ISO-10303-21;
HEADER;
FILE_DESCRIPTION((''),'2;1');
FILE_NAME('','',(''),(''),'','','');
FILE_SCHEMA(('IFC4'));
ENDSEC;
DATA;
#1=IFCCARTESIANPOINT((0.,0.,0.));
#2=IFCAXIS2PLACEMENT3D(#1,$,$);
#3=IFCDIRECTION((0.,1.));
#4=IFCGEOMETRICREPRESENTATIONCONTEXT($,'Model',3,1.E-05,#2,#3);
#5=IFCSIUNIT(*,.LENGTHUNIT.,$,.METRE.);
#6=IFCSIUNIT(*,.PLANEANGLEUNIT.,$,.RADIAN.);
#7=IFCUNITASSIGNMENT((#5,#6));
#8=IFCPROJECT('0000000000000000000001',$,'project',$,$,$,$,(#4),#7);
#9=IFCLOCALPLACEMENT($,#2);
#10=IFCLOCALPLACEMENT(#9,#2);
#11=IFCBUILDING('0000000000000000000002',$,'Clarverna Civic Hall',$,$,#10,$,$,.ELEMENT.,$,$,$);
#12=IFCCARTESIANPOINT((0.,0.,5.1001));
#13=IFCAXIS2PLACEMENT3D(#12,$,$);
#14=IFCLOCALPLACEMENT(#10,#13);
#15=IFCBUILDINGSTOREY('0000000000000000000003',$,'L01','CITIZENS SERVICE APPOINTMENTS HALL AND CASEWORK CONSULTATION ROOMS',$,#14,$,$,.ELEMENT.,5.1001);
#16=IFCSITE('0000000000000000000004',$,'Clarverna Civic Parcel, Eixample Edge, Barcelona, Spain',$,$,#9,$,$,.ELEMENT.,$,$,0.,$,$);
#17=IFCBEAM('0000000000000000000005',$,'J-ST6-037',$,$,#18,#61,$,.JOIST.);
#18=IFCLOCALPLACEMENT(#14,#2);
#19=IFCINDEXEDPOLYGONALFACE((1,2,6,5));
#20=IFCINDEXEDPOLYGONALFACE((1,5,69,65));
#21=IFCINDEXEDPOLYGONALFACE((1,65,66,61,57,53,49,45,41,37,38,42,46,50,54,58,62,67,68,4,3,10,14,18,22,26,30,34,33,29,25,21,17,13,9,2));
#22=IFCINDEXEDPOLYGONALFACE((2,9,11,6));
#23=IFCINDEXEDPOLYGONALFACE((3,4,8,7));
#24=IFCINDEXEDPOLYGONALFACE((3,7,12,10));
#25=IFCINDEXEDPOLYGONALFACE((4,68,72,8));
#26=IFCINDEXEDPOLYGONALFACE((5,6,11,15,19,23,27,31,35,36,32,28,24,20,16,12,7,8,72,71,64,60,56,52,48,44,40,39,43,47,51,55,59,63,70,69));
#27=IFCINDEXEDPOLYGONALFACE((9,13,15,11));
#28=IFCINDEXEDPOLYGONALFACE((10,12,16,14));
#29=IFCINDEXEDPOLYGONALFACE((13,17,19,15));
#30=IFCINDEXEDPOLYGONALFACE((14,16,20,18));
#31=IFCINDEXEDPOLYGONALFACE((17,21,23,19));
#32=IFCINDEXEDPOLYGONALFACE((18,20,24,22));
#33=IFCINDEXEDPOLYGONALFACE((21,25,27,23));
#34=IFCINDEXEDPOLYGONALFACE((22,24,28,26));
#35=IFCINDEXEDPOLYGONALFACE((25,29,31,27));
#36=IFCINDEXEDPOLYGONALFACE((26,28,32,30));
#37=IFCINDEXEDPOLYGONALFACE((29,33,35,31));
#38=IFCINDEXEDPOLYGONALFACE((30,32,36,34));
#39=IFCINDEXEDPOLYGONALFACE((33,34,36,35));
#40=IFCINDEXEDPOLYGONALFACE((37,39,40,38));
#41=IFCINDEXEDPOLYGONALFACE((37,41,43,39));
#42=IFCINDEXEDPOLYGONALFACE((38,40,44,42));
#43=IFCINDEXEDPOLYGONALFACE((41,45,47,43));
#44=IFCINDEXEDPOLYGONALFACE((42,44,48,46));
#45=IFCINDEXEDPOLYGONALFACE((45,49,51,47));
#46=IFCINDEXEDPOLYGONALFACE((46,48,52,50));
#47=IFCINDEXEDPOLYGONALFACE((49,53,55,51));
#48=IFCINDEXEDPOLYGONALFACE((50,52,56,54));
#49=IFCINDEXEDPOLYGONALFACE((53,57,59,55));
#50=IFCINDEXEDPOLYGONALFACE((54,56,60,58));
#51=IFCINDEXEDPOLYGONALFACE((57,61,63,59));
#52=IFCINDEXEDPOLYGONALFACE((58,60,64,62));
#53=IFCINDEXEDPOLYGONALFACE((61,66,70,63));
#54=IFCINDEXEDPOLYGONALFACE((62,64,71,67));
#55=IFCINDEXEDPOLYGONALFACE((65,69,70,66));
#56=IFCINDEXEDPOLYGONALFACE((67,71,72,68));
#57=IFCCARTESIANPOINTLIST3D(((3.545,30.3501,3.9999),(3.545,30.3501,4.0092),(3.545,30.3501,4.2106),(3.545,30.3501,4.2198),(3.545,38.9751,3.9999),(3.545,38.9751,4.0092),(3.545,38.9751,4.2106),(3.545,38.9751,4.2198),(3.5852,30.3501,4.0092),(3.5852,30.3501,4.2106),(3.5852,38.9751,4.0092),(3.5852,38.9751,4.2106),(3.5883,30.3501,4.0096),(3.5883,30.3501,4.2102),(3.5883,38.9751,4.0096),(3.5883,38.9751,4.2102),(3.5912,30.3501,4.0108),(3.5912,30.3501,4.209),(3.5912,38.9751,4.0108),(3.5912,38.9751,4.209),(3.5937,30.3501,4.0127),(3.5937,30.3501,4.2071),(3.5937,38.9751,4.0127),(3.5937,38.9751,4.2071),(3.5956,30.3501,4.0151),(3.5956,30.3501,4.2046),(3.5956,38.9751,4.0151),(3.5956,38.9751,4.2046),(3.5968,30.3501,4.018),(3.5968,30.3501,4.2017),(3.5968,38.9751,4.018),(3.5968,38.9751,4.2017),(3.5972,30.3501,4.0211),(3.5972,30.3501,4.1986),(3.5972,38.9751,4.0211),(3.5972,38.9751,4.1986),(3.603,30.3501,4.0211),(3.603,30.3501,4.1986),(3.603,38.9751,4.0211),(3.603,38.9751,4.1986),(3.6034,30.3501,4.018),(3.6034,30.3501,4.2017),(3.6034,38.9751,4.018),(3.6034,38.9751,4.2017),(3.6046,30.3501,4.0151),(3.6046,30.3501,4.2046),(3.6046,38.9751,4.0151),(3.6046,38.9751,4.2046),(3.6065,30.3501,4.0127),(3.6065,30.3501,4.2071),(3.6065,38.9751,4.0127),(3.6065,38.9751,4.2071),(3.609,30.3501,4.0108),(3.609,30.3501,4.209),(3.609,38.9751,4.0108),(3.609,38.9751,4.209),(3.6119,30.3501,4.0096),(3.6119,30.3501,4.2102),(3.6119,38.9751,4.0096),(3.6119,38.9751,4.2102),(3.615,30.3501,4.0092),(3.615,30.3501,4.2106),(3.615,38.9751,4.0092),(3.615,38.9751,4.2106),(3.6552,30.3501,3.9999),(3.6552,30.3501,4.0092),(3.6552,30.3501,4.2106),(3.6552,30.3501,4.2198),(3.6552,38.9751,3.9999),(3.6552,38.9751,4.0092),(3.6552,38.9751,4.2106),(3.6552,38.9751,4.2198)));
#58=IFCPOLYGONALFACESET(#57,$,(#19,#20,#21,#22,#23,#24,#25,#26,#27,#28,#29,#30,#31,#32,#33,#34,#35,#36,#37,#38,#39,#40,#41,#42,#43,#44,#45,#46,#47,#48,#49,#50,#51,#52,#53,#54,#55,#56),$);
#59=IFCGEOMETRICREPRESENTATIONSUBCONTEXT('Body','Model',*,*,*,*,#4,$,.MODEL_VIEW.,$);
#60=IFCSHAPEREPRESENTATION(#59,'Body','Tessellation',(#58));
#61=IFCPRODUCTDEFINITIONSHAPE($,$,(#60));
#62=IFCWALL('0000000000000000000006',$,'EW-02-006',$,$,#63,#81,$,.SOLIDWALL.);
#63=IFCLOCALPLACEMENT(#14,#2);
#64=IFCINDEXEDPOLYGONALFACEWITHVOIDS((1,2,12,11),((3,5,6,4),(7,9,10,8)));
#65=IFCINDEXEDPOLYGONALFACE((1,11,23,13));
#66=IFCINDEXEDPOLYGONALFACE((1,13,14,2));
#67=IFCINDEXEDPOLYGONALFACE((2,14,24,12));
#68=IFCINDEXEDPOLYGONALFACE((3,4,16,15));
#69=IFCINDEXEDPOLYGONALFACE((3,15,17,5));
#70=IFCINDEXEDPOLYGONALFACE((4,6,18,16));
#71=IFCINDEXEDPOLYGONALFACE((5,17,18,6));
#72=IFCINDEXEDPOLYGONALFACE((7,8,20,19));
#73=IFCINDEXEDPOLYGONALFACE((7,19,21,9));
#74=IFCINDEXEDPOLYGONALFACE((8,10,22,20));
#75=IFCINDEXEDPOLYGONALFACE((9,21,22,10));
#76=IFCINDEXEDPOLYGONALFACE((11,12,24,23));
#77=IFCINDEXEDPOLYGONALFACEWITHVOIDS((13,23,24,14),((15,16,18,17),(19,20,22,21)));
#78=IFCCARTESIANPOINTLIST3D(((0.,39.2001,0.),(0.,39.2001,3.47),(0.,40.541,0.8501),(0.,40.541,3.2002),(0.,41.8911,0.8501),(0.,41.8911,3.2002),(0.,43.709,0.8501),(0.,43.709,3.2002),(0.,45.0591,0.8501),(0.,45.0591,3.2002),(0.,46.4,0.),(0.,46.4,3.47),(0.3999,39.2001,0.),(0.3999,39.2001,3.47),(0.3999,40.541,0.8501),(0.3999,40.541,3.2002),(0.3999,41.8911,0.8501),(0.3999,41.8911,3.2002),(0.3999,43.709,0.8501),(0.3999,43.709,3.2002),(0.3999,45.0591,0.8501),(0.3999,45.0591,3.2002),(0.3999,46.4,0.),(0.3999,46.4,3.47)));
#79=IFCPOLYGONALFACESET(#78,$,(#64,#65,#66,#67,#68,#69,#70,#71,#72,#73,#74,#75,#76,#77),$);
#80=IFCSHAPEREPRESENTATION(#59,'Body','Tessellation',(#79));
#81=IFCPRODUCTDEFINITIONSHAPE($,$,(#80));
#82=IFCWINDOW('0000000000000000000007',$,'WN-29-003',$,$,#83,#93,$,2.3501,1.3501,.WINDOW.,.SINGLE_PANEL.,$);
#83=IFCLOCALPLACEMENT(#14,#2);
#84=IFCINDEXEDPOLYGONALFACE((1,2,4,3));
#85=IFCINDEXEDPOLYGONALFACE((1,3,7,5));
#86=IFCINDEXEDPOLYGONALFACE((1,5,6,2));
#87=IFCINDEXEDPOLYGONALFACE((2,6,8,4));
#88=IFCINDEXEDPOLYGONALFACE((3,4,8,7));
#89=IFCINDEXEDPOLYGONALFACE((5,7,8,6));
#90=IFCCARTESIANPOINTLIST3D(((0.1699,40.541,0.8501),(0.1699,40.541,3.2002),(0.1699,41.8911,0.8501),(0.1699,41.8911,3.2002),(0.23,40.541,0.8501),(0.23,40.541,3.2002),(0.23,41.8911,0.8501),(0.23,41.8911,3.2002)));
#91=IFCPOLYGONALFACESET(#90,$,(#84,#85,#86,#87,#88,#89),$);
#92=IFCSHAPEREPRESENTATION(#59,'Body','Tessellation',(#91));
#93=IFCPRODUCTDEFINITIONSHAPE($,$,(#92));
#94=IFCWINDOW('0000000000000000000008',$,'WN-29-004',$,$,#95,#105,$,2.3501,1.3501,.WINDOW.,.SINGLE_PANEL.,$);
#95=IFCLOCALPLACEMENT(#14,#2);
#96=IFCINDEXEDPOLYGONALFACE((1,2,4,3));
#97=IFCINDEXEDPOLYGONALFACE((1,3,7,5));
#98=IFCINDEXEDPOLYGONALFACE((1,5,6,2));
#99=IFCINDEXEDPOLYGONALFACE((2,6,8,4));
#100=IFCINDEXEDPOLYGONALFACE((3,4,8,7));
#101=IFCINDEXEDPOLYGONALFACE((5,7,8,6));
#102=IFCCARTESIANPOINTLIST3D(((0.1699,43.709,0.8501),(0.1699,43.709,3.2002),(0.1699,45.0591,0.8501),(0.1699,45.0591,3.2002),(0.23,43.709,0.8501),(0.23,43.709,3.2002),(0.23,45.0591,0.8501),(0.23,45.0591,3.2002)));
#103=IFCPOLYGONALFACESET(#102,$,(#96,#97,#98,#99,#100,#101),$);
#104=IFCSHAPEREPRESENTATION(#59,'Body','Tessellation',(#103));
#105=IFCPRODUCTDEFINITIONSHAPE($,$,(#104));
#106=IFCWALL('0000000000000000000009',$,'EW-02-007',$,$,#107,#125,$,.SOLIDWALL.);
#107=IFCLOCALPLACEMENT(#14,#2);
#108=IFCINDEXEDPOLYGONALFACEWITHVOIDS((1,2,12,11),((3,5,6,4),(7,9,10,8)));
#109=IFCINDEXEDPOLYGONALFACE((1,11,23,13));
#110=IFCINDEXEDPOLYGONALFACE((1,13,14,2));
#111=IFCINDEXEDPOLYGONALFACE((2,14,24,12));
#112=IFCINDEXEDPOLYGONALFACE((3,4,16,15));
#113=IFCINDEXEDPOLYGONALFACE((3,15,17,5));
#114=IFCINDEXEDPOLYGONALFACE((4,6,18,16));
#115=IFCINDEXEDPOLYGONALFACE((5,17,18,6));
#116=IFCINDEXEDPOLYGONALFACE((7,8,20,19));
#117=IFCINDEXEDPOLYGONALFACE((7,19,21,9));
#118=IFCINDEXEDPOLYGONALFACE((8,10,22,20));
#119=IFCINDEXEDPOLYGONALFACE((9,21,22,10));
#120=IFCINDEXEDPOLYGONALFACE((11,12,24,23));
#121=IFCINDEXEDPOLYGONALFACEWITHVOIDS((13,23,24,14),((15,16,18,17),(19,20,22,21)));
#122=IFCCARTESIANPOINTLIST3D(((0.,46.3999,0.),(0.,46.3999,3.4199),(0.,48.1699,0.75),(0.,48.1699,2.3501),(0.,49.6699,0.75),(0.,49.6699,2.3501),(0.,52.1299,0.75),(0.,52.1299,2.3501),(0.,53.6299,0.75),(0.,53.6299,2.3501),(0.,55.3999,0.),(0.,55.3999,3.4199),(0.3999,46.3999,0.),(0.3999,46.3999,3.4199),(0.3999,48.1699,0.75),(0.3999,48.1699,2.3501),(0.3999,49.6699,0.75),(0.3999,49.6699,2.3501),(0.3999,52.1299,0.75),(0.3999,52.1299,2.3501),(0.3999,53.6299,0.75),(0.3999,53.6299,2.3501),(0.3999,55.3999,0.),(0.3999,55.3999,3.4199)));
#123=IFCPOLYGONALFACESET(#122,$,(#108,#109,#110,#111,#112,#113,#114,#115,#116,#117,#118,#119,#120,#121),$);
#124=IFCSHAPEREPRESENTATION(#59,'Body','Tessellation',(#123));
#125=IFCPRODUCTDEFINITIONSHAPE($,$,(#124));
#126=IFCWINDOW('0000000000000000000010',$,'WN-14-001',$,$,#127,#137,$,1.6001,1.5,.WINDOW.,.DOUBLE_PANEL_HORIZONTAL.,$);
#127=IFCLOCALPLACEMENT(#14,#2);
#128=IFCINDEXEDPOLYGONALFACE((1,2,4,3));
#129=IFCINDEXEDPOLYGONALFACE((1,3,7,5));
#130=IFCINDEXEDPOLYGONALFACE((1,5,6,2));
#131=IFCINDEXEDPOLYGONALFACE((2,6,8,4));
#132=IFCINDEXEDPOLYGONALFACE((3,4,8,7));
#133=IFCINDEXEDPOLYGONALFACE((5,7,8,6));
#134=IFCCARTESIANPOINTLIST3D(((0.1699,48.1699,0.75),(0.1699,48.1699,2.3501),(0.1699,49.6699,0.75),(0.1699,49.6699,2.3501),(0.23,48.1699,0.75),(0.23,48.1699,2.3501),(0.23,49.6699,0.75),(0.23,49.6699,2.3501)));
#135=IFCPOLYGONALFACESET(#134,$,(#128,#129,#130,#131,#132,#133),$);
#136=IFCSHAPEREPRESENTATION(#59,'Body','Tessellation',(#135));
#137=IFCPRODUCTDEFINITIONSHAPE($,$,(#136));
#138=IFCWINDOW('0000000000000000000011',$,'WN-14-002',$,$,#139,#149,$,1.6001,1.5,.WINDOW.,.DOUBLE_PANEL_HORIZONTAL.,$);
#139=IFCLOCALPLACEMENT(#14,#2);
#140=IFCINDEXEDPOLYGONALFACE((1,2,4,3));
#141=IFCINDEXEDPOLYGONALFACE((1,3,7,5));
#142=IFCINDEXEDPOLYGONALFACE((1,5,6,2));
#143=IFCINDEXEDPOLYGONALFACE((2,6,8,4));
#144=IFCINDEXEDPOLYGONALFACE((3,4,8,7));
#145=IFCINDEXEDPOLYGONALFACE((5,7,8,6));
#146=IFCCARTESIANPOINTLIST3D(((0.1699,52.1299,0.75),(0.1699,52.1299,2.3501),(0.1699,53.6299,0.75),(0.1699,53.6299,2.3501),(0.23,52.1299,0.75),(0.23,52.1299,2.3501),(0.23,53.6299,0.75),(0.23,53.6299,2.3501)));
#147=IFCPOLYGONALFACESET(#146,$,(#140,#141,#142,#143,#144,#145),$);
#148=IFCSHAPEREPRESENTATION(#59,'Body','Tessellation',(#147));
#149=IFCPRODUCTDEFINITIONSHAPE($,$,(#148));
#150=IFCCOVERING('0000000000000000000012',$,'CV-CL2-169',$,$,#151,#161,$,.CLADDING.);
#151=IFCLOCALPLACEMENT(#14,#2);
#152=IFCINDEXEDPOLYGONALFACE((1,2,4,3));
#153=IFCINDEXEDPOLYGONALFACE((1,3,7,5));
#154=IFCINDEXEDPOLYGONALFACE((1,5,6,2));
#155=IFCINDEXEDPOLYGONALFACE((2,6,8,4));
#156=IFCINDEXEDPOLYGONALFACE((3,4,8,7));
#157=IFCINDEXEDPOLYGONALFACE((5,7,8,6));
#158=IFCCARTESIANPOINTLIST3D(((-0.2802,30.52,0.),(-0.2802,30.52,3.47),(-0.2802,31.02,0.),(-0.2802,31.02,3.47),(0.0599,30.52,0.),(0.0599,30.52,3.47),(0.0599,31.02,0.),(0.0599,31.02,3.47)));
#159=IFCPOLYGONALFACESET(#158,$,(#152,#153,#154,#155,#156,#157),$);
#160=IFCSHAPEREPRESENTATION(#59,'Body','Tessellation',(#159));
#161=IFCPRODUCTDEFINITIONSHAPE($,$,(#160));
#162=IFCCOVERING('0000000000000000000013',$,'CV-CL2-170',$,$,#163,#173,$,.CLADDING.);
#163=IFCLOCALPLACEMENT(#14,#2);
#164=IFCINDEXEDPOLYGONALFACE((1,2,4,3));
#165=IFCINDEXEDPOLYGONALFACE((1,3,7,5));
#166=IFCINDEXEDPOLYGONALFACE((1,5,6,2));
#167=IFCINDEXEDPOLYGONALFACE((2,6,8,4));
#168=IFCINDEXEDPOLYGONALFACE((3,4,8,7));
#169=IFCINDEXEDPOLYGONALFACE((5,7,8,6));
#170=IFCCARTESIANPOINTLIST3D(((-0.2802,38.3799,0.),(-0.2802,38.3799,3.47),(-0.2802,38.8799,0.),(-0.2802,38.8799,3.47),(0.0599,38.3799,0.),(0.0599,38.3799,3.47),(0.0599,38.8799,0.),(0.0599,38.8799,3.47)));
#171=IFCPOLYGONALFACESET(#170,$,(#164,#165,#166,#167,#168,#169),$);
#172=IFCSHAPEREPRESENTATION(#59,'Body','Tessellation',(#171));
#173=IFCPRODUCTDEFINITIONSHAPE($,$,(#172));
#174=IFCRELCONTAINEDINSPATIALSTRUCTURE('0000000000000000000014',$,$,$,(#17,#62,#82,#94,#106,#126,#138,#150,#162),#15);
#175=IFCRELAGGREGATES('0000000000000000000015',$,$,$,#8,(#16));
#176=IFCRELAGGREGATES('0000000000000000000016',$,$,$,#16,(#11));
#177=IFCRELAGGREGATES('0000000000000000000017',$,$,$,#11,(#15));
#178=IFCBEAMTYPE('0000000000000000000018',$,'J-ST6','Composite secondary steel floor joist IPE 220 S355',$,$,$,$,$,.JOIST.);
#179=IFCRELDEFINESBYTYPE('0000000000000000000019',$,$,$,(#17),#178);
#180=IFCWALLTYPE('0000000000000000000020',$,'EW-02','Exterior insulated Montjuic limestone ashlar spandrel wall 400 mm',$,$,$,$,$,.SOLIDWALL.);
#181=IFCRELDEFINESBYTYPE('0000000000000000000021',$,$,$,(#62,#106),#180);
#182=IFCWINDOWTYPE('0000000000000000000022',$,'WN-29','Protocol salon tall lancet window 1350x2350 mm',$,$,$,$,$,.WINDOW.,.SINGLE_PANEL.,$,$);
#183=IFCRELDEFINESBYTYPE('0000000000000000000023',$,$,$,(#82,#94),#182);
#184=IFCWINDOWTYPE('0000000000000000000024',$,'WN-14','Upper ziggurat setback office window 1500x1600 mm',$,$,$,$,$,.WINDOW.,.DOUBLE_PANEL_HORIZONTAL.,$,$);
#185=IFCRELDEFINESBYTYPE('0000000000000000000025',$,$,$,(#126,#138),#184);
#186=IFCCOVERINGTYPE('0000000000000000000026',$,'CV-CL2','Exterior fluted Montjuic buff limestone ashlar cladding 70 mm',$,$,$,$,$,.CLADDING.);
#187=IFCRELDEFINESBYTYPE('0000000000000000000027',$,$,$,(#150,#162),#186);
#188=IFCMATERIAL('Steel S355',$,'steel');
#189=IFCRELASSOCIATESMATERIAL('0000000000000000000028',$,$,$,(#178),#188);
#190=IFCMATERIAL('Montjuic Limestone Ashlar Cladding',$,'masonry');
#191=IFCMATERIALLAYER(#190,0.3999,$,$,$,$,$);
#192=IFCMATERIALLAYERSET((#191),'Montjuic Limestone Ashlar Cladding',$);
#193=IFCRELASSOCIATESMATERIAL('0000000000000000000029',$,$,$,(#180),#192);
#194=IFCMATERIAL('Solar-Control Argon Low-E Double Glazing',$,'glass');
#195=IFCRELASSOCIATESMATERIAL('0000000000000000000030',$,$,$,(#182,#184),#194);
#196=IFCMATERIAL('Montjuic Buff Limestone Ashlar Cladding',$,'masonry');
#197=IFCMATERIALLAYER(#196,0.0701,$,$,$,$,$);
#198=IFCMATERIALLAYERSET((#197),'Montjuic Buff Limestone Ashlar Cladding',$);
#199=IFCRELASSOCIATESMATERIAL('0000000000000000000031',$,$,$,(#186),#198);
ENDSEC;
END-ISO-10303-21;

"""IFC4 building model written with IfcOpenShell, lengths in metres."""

from ifc_helpers import new_model, si_unit, direction, frame, frame_2d, origin, origin_2d, place, context, subcontext, project, spatial, rectangle, i_section, extrude, material, layer, layer_set, material_profile, profile_set, type_object, element, fill, save


model = new_model("IFC4")

# Units and contexts
model_context = context("Model", 3, precision=1e-05, world=origin(), true_north=direction((0.0, 1.0)))
body_context = subcontext(model_context, "Body", "Model", "MODEL_VIEW")
ifc_project = project(units=[si_unit("LENGTHUNIT", "METRE"), si_unit("PLANEANGLEUNIT", "RADIAN")], contexts=[model_context])

# Site, building, storey
site_placement = place(None, origin())
site = spatial("IfcSite", under=ifc_project, at=site_placement, Name="Clarverna Civic Parcel, Eixample Edge, Barcelona, Spain", CompositionType="ELEMENT", RefElevation=0.0)
building_placement = place(site_placement, origin())
building = spatial("IfcBuilding", under=site, at=building_placement, Name="Clarverna Civic Hall", CompositionType="ELEMENT")
storey_placement = place(building_placement, frame((0.0, 0.0, 5.1001)))
storey = spatial("IfcBuildingStorey", under=building, at=storey_placement, Name="L01", Description="CITIZENS SERVICE APPOINTMENTS HALL AND CASEWORK CONSULTATION ROOMS", CompositionType="ELEMENT", Elevation=5.1001)

# Beam
ifc_material_1 = material(Name="Steel S355", Category="steel")
ifc_material_profile_1 = material_profile(ifc_material_1, i_section(OverallWidth=0.1101, OverallDepth=0.22, WebThickness=0.0059, FlangeThickness=0.0093, FilletRadius=0.012, at=origin_2d()), Name="IPE 220")
ifc_profile_set_1 = profile_set([ifc_material_profile_1], Name="Steel S355")
beam_type_1 = type_object("IfcBeamType", Name="J-ST6", Description="Composite secondary steel floor joist IPE 220 S355", PredefinedType="JOIST", material=ifc_profile_set_1)
beam_1_placement = place(storey_placement, frame((3.6001, 30.3501, 4.1099), z_axis=(0.0, 1.0, 0.0), x_axis=(-1.0, 0.0, 0.0)))
element("IfcBeam", 1, at=beam_1_placement, inside=storey, type_object=beam_type_1, Name="J-ST6-037", PredefinedType="JOIST", context=body_context, shape_type="SweptSolid", body=[
    extrude(i_section(OverallWidth=0.1101, OverallDepth=0.22, WebThickness=0.0059, FlangeThickness=0.0093, FilletRadius=0.012, at=origin_2d()), origin(), (0.0, 0.0, 1.0), 8.625),
])

# Walls, openings, windows
ifc_material_2 = material(Name="Montjuic Limestone Ashlar Cladding", Category="masonry")
ifc_layer_1 = layer(ifc_material_2, 0.3999)
ifc_layer_set_1 = layer_set([ifc_layer_1], Name="Montjuic Limestone Ashlar Cladding")
wall_type = type_object("IfcWallType", Name="EW-02", Description="Exterior insulated Montjuic limestone ashlar spandrel wall 400 mm", PredefinedType="SOLIDWALL", material=ifc_layer_set_1)
wall_1_placement = place(storey_placement, frame((0.2, 39.2, 0.0), z_axis=(0.0, 0.0, 1.0), x_axis=(0.0, 1.0, 0.0)))
wall_1 = element("IfcWall", 2, at=wall_1_placement, inside=storey, type_object=wall_type, Name="EW-02-006", PredefinedType="SOLIDWALL", context=body_context, shape_type="SweptSolid", body=[
    extrude(rectangle(XDim=7.2, YDim=0.3999, at=frame_2d((3.6001, 0.0))), origin(), (0.0, 0.0, 1.0), 3.47),
])
opening_1_placement = place(wall_1_placement, frame((1.3411, 0.0, 0.8501)))
opening_1 = element("IfcOpeningElement", 3, at=opening_1_placement, cuts=wall_1, PredefinedType="OPENING", context=body_context, shape_type="SweptSolid", body=[
    extrude(rectangle(XDim=1.3501, YDim=2.3501, at=frame_2d((0.675, 1.175))), frame((0.0, 0.21, 0.0), z_axis=(0.0, -1.0, 0.0), x_axis=(1.0, 0.0, 0.0)), (0.0, 0.0, 1.0), 0.4199),
])
opening_2_placement = place(wall_1_placement, frame((4.509, 0.0, 0.8501)))
opening_2 = element("IfcOpeningElement", 4, at=opening_2_placement, cuts=wall_1, PredefinedType="OPENING", context=body_context, shape_type="SweptSolid", body=[
    extrude(rectangle(XDim=1.3501, YDim=2.3501, at=frame_2d((0.675, 1.175))), frame((0.0, 0.21, 0.0), z_axis=(0.0, -1.0, 0.0), x_axis=(1.0, 0.0, 0.0)), (0.0, 0.0, 1.0), 0.4199),
])
ifc_material_3 = material(Name="Solar-Control Argon Low-E Double Glazing", Category="glass")
window_type_1 = type_object("IfcWindowType", Name="WN-29", Description="Protocol salon tall lancet window 1350x2350 mm", PartitioningType="SINGLE_PANEL", PredefinedType="WINDOW", material=ifc_material_3)
window_1_placement = place(opening_1_placement, origin())
window_1 = element("IfcWindow", 5, at=window_1_placement, inside=storey, type_object=window_type_1, Name="WN-29-003", OverallHeight=2.3501, OverallWidth=1.3501, PartitioningType="SINGLE_PANEL", PredefinedType="WINDOW", context=body_context, shape_type="SweptSolid", body=[
    extrude(rectangle(XDim=1.3501, YDim=2.3501, at=frame_2d((0.675, 1.175))), frame((0.0, 0.03, 0.0), z_axis=(0.0, -1.0, 0.0), x_axis=(1.0, 0.0, 0.0)), (0.0, 0.0, 1.0), 0.0601),
])
fill(opening_1, window_1)
window_2_placement = place(opening_2_placement, origin())
window_2 = element("IfcWindow", 6, at=window_2_placement, inside=storey, type_object=window_type_1, Name="WN-29-004", OverallHeight=2.3501, OverallWidth=1.3501, PartitioningType="SINGLE_PANEL", PredefinedType="WINDOW", context=body_context, shape_type="SweptSolid", body=[
    extrude(rectangle(XDim=1.3501, YDim=2.3501, at=frame_2d((0.675, 1.175))), frame((0.0, 0.03, 0.0), z_axis=(0.0, -1.0, 0.0), x_axis=(1.0, 0.0, 0.0)), (0.0, 0.0, 1.0), 0.0601),
])
fill(opening_2, window_2)
wall_2_placement = place(storey_placement, frame((0.2, 46.3999, 0.0), z_axis=(0.0, 0.0, 1.0), x_axis=(0.0, 1.0, 0.0)))
wall_2 = element("IfcWall", 7, at=wall_2_placement, inside=storey, type_object=wall_type, Name="EW-02-007", PredefinedType="SOLIDWALL", context=body_context, shape_type="SweptSolid", body=[
    extrude(rectangle(XDim=9.0, YDim=0.3999, at=frame_2d((4.5, 0.0))), origin(), (0.0, 0.0, 1.0), 3.4199),
])
opening_3_placement = place(wall_2_placement, frame((1.77, 0.0, 0.75)))
opening_3 = element("IfcOpeningElement", 8, at=opening_3_placement, cuts=wall_2, PredefinedType="OPENING", context=body_context, shape_type="SweptSolid", body=[
    extrude(rectangle(XDim=1.5, YDim=1.6001, at=frame_2d((0.75, 0.8))), frame((0.0, 0.21, 0.0), z_axis=(0.0, -1.0, 0.0), x_axis=(1.0, 0.0, 0.0)), (0.0, 0.0, 1.0), 0.4199),
])
opening_4_placement = place(wall_2_placement, frame((5.73, 0.0, 0.75)))
opening_4 = element("IfcOpeningElement", 9, at=opening_4_placement, cuts=wall_2, PredefinedType="OPENING", context=body_context, shape_type="SweptSolid", body=[
    extrude(rectangle(XDim=1.5, YDim=1.6001, at=frame_2d((0.75, 0.8))), frame((0.0, 0.21, 0.0), z_axis=(0.0, -1.0, 0.0), x_axis=(1.0, 0.0, 0.0)), (0.0, 0.0, 1.0), 0.4199),
])
window_type_2 = type_object("IfcWindowType", Name="WN-14", Description="Upper ziggurat setback office window 1500x1600 mm", PartitioningType="DOUBLE_PANEL_HORIZONTAL", PredefinedType="WINDOW", material=ifc_material_3)
window_3_placement = place(opening_3_placement, origin())
window_3 = element("IfcWindow", 10, at=window_3_placement, inside=storey, type_object=window_type_2, Name="WN-14-001", OverallHeight=1.6001, OverallWidth=1.5, PartitioningType="DOUBLE_PANEL_HORIZONTAL", PredefinedType="WINDOW", context=body_context, shape_type="SweptSolid", body=[
    extrude(rectangle(XDim=1.5, YDim=1.6001, at=frame_2d((0.75, 0.8))), frame((0.0, 0.03, 0.0), z_axis=(0.0, -1.0, 0.0), x_axis=(1.0, 0.0, 0.0)), (0.0, 0.0, 1.0), 0.0601),
])
fill(opening_3, window_3)
window_4_placement = place(opening_4_placement, origin())
window_4 = element("IfcWindow", 11, at=window_4_placement, inside=storey, type_object=window_type_2, Name="WN-14-002", OverallHeight=1.6001, OverallWidth=1.5, PartitioningType="DOUBLE_PANEL_HORIZONTAL", PredefinedType="WINDOW", context=body_context, shape_type="SweptSolid", body=[
    extrude(rectangle(XDim=1.5, YDim=1.6001, at=frame_2d((0.75, 0.8))), frame((0.0, 0.03, 0.0), z_axis=(0.0, -1.0, 0.0), x_axis=(1.0, 0.0, 0.0)), (0.0, 0.0, 1.0), 0.0601),
])
fill(opening_4, window_4)

# Coverings
ifc_material_4 = material(Name="Montjuic Buff Limestone Ashlar Cladding", Category="masonry")
ifc_layer_2 = layer(ifc_material_4, 0.0701)
ifc_layer_set_2 = layer_set([ifc_layer_2], Name="Montjuic Buff Limestone Ashlar Cladding")
covering_type = type_object("IfcCoveringType", Name="CV-CL2", Description="Exterior fluted Montjuic buff limestone ashlar cladding 70 mm", PredefinedType="CLADDING", material=ifc_layer_set_2)
for number, where, z_axis, x_axis, name in (
    (12, (-0.1101, 30.52, 0.0), (0.0, 0.0, 1.0), (0.0, 1.0, 0.0), "CV-CL2-169"),
    (13, (-0.1101, 38.3799, 0.0), (0.0, 0.0, 1.0), (0.0, 1.0, 0.0), "CV-CL2-170"),
):
    element("IfcCovering", number, at=place(storey_placement, frame(where, z_axis=z_axis, x_axis=x_axis)), inside=storey, type_object=covering_type, Name=name, PredefinedType="CLADDING", context=body_context, shape_type="SweptSolid", body=[
        extrude(rectangle(XDim=0.5, YDim=0.3401, at=frame_2d((0.25, 0.0))), origin(), (0.0, 0.0, 1.0), 3.47),
    ])

save(model, "model.ifc")
